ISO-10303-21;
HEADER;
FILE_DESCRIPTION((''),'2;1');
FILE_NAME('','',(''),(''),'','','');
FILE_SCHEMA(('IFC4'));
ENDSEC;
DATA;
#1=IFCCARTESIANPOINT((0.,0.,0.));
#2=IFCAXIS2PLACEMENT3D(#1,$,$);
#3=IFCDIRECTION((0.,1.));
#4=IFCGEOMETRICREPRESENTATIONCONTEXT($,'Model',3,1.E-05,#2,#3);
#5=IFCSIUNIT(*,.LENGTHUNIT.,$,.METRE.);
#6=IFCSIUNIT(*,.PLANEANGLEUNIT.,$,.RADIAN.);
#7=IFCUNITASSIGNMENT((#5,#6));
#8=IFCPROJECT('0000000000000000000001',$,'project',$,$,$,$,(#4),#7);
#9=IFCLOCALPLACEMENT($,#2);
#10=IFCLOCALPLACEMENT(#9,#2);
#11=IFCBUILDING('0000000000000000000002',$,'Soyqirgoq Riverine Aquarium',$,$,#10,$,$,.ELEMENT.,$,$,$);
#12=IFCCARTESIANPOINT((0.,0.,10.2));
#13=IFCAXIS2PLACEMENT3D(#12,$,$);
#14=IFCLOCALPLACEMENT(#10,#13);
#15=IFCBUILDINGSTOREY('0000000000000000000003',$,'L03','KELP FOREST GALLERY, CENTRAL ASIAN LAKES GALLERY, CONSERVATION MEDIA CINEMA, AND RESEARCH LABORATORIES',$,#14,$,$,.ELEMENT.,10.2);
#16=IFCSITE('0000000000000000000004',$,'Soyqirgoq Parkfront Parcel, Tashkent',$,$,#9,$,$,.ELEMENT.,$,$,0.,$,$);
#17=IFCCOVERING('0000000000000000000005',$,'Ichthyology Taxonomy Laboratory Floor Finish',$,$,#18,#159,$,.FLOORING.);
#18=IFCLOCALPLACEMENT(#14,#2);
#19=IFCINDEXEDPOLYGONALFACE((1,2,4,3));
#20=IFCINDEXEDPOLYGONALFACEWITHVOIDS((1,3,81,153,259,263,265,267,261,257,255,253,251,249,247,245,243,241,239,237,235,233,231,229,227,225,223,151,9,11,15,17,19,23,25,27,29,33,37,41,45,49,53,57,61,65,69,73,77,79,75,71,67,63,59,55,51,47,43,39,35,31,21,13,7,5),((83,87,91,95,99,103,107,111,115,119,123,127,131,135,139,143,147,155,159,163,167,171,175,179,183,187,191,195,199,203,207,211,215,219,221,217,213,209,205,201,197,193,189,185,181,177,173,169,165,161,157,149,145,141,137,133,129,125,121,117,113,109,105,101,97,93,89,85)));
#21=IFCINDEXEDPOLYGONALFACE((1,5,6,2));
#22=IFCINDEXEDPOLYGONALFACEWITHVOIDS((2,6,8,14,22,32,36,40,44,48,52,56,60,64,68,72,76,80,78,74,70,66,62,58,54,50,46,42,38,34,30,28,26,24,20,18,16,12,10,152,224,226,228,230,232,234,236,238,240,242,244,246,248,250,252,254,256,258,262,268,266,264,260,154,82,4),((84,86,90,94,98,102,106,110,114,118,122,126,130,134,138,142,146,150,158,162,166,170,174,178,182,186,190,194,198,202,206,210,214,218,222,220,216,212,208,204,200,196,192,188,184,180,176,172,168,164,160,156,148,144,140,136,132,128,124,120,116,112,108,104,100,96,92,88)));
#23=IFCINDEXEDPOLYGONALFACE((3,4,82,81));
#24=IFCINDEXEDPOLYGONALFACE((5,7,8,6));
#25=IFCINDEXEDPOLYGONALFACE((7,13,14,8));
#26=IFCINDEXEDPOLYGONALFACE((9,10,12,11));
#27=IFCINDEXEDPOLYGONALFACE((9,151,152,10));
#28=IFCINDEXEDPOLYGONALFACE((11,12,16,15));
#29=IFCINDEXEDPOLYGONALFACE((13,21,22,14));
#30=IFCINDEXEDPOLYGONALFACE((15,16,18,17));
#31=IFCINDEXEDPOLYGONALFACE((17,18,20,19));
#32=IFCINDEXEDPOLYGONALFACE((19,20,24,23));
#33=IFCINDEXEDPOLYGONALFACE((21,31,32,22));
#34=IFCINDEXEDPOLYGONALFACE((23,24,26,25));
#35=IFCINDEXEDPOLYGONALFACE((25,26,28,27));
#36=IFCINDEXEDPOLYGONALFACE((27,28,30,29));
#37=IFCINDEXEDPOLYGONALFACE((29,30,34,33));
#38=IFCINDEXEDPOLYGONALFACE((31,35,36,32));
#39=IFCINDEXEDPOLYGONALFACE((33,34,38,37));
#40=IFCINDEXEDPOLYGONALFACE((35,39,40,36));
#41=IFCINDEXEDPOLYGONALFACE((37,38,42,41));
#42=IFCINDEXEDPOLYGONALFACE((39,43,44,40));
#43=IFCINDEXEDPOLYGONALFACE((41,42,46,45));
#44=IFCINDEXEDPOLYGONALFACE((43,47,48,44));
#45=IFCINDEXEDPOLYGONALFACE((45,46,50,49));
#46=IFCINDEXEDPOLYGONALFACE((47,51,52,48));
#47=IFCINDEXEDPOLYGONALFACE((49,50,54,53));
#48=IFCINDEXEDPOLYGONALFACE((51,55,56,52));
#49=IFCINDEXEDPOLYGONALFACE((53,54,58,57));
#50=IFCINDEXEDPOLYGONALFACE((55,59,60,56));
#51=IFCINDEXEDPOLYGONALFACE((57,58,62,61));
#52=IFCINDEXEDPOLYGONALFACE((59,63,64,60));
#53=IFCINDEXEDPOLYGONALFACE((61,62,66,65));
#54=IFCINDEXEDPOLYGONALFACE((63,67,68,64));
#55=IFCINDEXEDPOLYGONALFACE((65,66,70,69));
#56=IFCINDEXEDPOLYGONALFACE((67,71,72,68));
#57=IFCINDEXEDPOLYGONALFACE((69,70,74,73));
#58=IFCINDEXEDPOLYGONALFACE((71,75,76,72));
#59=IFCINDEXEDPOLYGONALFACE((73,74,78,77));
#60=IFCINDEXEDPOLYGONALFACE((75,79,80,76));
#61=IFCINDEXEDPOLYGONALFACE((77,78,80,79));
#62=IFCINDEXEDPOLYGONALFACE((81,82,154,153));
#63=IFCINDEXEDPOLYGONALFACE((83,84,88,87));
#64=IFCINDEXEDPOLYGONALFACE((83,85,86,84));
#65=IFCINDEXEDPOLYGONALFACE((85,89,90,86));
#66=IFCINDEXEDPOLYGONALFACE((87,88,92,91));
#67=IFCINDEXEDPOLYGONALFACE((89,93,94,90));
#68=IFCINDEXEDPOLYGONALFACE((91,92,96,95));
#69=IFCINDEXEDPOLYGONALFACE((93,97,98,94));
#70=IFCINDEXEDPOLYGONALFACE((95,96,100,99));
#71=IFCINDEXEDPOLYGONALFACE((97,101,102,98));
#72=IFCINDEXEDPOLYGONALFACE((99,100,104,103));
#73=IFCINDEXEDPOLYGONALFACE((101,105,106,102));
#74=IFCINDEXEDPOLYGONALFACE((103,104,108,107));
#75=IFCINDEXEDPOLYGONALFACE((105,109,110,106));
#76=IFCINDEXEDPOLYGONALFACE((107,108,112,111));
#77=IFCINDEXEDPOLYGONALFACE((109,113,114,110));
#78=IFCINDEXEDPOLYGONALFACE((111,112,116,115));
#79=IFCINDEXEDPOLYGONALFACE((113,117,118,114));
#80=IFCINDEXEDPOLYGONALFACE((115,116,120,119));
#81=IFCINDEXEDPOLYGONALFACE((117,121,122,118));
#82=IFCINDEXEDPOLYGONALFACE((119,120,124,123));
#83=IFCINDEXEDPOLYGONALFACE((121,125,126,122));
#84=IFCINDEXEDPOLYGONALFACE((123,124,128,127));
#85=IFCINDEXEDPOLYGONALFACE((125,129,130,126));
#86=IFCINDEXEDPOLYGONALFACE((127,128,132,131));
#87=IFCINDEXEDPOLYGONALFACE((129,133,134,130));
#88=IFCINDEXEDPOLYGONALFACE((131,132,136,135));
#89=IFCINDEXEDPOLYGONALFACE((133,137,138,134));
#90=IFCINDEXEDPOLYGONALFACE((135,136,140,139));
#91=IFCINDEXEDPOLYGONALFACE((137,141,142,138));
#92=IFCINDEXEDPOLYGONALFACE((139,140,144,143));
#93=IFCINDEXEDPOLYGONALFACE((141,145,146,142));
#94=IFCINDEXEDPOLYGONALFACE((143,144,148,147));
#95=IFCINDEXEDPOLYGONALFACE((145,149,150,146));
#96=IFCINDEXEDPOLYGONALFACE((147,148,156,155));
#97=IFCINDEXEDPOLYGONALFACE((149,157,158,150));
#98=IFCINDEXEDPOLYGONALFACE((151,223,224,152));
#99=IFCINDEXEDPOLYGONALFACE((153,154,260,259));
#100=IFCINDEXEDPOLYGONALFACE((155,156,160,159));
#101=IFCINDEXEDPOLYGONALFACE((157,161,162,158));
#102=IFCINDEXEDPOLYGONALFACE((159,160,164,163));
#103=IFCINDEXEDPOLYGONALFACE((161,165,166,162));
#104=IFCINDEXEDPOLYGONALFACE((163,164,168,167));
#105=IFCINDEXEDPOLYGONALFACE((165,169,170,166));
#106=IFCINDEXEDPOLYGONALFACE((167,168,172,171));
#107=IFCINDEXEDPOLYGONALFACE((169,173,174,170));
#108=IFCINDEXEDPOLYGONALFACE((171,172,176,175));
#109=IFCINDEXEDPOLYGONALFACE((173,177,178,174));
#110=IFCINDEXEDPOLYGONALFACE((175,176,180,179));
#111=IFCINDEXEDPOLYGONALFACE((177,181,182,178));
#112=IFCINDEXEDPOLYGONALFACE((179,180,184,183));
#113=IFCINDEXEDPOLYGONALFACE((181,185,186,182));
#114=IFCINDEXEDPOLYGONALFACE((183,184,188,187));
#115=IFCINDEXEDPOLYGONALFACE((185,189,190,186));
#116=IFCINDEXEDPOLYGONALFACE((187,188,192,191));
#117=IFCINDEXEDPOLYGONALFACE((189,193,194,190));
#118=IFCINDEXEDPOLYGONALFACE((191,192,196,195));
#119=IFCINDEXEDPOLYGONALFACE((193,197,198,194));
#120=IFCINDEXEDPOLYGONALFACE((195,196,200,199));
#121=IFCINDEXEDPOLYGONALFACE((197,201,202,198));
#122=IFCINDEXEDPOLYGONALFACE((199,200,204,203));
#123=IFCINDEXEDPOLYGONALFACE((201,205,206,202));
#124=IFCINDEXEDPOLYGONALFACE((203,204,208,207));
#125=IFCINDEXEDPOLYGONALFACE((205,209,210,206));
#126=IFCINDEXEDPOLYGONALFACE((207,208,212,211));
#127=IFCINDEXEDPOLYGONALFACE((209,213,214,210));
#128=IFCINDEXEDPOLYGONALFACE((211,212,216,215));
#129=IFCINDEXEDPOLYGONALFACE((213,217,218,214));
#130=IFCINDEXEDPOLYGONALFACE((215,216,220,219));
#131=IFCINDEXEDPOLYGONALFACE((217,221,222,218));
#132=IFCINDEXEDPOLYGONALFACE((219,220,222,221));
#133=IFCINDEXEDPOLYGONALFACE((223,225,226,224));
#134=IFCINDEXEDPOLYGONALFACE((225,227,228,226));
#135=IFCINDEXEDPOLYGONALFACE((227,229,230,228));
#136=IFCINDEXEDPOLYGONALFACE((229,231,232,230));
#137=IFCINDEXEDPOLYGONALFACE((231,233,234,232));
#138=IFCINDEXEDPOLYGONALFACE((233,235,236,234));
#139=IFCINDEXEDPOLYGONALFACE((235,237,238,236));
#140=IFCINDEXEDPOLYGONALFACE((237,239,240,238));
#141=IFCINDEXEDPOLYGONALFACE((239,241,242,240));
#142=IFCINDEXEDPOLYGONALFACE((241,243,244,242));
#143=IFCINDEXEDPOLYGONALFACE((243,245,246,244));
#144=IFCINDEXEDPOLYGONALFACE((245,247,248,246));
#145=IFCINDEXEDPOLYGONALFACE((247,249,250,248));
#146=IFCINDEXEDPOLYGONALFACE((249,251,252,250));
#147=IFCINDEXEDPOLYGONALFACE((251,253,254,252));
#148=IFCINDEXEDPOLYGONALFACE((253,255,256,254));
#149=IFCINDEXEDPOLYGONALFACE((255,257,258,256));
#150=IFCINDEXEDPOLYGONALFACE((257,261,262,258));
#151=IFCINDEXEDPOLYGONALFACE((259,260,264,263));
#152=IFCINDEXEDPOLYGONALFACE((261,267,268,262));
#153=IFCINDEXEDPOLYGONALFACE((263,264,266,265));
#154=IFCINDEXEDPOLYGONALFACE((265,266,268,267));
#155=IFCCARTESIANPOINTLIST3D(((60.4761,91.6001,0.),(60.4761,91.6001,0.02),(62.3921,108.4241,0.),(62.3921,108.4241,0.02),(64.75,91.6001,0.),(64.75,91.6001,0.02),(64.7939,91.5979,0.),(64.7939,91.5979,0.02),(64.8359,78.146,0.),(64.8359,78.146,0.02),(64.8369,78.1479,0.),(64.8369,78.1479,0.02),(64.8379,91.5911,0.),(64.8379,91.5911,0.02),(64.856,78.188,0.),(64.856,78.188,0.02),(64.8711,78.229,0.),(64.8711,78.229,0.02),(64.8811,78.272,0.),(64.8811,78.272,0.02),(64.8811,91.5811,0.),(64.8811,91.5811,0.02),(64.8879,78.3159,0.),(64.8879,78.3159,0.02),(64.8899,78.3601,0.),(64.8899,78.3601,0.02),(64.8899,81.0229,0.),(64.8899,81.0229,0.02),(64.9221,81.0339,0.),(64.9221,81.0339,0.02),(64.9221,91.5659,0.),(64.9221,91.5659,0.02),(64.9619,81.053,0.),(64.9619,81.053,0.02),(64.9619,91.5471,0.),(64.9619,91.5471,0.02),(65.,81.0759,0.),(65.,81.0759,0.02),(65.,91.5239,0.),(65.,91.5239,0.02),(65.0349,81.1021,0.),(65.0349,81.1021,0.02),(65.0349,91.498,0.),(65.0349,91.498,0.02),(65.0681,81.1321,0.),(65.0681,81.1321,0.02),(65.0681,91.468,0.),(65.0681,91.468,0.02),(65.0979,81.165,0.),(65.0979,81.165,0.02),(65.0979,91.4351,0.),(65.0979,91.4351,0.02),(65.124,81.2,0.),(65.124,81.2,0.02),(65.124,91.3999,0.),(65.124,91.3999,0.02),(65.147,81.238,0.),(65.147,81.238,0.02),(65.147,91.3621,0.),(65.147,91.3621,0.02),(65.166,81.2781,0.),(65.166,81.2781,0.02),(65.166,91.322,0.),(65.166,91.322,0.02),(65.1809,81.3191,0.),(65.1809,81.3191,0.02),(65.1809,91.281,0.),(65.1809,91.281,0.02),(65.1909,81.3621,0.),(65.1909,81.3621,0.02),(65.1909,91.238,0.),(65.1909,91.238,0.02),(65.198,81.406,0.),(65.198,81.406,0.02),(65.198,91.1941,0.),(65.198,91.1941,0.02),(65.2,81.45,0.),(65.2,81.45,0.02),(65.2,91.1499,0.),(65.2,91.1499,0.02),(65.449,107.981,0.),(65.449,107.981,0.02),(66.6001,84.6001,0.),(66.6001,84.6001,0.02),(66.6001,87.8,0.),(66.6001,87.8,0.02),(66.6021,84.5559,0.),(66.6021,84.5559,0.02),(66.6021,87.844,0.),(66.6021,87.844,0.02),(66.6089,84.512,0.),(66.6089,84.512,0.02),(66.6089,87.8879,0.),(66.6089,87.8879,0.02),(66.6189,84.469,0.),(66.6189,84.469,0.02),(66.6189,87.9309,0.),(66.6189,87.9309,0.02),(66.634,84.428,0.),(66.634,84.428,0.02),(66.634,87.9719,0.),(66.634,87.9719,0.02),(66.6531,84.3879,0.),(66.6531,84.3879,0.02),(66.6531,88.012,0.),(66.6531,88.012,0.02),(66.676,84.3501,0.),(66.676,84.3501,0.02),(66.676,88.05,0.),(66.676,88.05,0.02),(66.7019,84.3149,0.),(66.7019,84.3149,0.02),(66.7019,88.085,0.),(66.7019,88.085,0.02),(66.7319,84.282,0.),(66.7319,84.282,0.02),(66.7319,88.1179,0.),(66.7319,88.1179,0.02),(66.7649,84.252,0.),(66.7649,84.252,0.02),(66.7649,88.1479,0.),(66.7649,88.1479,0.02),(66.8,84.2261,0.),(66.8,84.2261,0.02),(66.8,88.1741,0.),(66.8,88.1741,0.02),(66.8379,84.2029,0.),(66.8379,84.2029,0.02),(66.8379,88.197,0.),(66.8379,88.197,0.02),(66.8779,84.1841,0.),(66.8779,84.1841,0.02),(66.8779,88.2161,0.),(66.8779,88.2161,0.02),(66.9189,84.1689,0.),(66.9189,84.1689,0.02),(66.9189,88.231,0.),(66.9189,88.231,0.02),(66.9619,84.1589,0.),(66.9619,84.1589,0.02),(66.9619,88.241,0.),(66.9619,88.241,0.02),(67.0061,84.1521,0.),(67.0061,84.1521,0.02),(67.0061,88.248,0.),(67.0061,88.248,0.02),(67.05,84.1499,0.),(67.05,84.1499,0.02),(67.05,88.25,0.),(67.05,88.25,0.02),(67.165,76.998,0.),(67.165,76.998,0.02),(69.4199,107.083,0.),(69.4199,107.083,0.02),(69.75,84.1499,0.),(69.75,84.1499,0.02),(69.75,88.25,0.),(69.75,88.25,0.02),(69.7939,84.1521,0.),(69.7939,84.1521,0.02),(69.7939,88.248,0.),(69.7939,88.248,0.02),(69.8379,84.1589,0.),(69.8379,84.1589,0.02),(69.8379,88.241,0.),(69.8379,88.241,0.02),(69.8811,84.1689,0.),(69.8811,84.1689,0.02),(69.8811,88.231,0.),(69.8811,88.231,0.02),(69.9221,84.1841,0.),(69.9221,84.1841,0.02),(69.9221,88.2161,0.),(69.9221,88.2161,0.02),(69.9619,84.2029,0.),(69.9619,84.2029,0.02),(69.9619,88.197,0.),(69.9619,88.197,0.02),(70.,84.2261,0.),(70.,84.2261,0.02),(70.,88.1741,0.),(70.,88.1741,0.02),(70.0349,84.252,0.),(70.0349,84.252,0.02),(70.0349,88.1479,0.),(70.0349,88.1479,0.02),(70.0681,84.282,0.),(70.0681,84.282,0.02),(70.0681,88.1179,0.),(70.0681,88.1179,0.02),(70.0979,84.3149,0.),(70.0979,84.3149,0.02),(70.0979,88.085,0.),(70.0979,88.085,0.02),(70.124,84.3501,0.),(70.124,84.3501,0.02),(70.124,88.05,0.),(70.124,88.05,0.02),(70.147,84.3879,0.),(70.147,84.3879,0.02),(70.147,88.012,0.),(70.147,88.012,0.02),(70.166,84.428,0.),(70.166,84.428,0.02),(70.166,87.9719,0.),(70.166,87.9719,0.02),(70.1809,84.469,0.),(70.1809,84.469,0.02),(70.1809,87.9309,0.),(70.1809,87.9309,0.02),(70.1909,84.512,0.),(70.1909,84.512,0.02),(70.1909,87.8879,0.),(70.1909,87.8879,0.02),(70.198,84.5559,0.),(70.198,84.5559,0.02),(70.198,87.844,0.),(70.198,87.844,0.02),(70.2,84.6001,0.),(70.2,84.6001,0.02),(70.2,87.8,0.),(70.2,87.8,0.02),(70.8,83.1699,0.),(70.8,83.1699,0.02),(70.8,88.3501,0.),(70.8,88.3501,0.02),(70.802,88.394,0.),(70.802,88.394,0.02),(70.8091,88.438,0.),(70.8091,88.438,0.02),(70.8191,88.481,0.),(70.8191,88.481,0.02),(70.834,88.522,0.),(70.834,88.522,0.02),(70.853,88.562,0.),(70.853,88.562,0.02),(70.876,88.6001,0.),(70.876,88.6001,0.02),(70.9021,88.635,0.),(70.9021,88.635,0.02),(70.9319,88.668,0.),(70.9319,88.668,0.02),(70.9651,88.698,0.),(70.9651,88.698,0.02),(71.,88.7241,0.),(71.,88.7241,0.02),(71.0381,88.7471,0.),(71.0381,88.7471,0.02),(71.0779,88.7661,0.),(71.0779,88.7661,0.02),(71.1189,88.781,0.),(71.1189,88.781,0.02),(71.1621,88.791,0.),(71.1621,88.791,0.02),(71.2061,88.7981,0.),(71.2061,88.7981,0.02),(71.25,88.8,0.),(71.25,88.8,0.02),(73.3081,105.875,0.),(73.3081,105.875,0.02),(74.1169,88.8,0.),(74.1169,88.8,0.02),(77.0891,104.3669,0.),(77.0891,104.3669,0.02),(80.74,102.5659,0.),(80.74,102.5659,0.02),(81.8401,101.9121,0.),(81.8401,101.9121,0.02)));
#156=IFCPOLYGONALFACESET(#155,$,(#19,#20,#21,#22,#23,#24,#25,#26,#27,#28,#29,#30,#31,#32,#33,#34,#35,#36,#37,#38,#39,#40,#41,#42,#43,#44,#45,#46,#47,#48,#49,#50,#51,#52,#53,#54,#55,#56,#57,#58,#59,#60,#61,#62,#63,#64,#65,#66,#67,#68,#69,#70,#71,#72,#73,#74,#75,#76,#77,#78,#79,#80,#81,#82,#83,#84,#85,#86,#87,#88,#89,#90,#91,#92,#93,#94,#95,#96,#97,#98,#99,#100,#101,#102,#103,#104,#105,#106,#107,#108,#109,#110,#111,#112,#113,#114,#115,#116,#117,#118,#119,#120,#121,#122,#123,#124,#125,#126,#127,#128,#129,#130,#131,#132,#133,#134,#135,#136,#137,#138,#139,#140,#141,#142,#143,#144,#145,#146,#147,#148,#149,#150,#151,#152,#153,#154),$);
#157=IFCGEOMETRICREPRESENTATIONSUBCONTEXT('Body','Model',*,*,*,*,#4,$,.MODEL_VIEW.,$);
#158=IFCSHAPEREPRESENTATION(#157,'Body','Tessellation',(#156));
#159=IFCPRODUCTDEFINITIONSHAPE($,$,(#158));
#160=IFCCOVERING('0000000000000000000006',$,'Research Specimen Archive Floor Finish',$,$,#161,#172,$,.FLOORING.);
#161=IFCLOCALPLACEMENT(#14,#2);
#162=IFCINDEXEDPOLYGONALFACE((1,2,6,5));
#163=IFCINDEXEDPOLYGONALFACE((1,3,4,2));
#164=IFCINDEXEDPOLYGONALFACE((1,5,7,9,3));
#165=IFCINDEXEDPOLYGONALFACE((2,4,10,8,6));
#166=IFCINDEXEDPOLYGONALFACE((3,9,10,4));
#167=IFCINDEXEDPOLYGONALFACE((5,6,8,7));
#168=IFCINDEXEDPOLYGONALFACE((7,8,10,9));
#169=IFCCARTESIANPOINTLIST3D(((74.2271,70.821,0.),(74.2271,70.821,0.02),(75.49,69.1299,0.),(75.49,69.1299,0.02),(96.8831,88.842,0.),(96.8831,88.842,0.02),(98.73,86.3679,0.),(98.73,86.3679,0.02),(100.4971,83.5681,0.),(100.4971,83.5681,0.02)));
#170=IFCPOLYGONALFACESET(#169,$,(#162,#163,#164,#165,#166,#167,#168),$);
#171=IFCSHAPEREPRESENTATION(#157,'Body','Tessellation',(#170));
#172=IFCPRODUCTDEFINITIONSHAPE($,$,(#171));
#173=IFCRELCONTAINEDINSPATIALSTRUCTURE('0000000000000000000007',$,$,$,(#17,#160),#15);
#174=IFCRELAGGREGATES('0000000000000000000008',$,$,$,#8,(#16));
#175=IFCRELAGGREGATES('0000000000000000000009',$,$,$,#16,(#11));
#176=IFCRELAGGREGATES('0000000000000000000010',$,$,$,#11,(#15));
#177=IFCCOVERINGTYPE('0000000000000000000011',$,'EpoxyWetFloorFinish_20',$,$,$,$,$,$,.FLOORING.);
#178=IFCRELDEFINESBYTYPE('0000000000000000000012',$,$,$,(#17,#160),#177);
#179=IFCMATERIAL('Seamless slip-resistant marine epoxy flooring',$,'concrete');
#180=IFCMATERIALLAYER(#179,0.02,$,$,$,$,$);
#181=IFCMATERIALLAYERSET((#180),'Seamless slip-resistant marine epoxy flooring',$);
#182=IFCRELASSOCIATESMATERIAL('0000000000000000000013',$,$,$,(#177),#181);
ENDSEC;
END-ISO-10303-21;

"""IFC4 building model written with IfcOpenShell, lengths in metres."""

from ifc_helpers import new_model, si_unit, direction, frame, origin, place, context, subcontext, project, spatial, polyline, outline, extrude, material, layer, layer_set, type_object, element, save


model = new_model("IFC4")

# Units and contexts
model_context = context("Model", 3, precision=1e-05, world=origin(), true_north=direction((0.0, 1.0)))
body_context = subcontext(model_context, "Body", "Model", "MODEL_VIEW")
ifc_project = project(units=[si_unit("LENGTHUNIT", "METRE"), si_unit("PLANEANGLEUNIT", "RADIAN")], contexts=[model_context])

# Site, building, storey
site_placement = place(None, origin())
site = spatial("IfcSite", under=ifc_project, at=site_placement, Name="Soyqirgoq Parkfront Parcel, Tashkent", CompositionType="ELEMENT", RefElevation=0.0)
building_placement = place(site_placement, origin())
building = spatial("IfcBuilding", under=site, at=building_placement, Name="Soyqirgoq Riverine Aquarium", CompositionType="ELEMENT")
storey_placement = place(building_placement, frame((0.0, 0.0, 10.2)))
storey = spatial("IfcBuildingStorey", under=building, at=storey_placement, Name="L03", Description="KELP FOREST GALLERY, CENTRAL ASIAN LAKES GALLERY, CONSERVATION MEDIA CINEMA, AND RESEARCH LABORATORIES", CompositionType="ELEMENT", Elevation=10.2)

# Coverings
ifc_material_1 = material(Name="Seamless slip-resistant marine epoxy flooring", Category="concrete")
ifc_layer_1 = layer(ifc_material_1, 0.02)
ifc_layer_set_1 = layer_set([ifc_layer_1], Name="Seamless slip-resistant marine epoxy flooring")
covering_type_1 = type_object("IfcCoveringType", Name="EpoxyWetFloorFinish_20", PredefinedType="FLOORING", material=ifc_layer_set_1)
covering_1_placement = place(storey_placement, origin())
element("IfcCovering", 1, at=covering_1_placement, inside=storey, type_object=covering_type_1, Name="Ichthyology Taxonomy Laboratory Floor Finish", PredefinedType="FLOORING", context=body_context, shape_type="SweptSolid", body=[
    extrude(outline(polyline([(62.3921, 108.4241), (65.449, 107.981), (69.4199, 107.083), (73.3081, 105.875), (77.0891, 104.3669), (80.74, 102.5659), (81.8401, 101.9121), (74.1169, 88.8), (71.25, 88.8), (71.2061, 88.7981), (71.1621, 88.791), (71.1189, 88.781), (71.0779, 88.7661), (71.0381, 88.7471), (71.0, 88.7241), (70.9651, 88.698), (70.9319, 88.668), (70.9021, 88.635), (70.876, 88.6001), (70.853, 88.562), (70.834, 88.522), (70.8191, 88.481), (70.8091, 88.438), (70.802, 88.394), (70.8, 88.3501), (70.8, 83.1699), (67.165, 76.998), (64.8359, 78.146), (64.8369, 78.1479), (64.856, 78.188), (64.8711, 78.229), (64.8811, 78.272), (64.8879, 78.3159), (64.8899, 78.3601), (64.8899, 81.0229), (64.9221, 81.0339), (64.9619, 81.053), (65.0, 81.0759), (65.0349, 81.1021), (65.0681, 81.1321), (65.0979, 81.165), (65.124, 81.2), (65.147, 81.238), (65.166, 81.2781), (65.1809, 81.3191), (65.1909, 81.3621), (65.198, 81.406), (65.2, 81.45), (65.2, 91.1499), (65.198, 91.1941), (65.1909, 91.238), (65.1809, 91.281), (65.166, 91.322), (65.147, 91.3621), (65.124, 91.3999), (65.0979, 91.4351), (65.0681, 91.468), (65.0349, 91.498), (65.0, 91.5239), (64.9619, 91.5471), (64.9221, 91.5659), (64.8811, 91.5811), (64.8379, 91.5911), (64.7939, 91.5979), (64.75, 91.6001), (60.4761, 91.6001), (62.3921, 108.4241)]), holes=[polyline([(66.6001, 87.8), (66.6021, 87.844), (66.6089, 87.8879), (66.6189, 87.9309), (66.634, 87.9719), (66.6531, 88.012), (66.676, 88.05), (66.7019, 88.085), (66.7319, 88.1179), (66.7649, 88.1479), (66.8, 88.1741), (66.8379, 88.197), (66.8779, 88.2161), (66.9189, 88.231), (66.9619, 88.241), (67.0061, 88.248), (67.05, 88.25), (69.75, 88.25), (69.7939, 88.248), (69.8379, 88.241), (69.8811, 88.231), (69.9221, 88.2161), (69.9619, 88.197), (70.0, 88.1741), (70.0349, 88.1479), (70.0681, 88.1179), (70.0979, 88.085), (70.124, 88.05), (70.147, 88.012), (70.166, 87.9719), (70.1809, 87.9309), (70.1909, 87.8879), (70.198, 87.844), (70.2, 87.8), (70.2, 84.6001), (70.198, 84.5559), (70.1909, 84.512), (70.1809, 84.469), (70.166, 84.428), (70.147, 84.3879), (70.124, 84.3501), (70.0979, 84.3149), (70.0681, 84.282), (70.0349, 84.252), (70.0, 84.2261), (69.9619, 84.2029), (69.9221, 84.1841), (69.8811, 84.1689), (69.8379, 84.1589), (69.7939, 84.1521), (69.75, 84.1499), (67.05, 84.1499), (67.0061, 84.1521), (66.9619, 84.1589), (66.9189, 84.1689), (66.8779, 84.1841), (66.8379, 84.2029), (66.8, 84.2261), (66.7649, 84.252), (66.7319, 84.282), (66.7019, 84.3149), (66.676, 84.3501), (66.6531, 84.3879), (66.634, 84.428), (66.6189, 84.469), (66.6089, 84.512), (66.6021, 84.5559), (66.6001, 84.6001), (66.6001, 87.8)])]), origin(), (0.0, 0.0, 1.0), 0.02),
])
covering_2_placement = place(storey_placement, origin())
element("IfcCovering", 2, at=covering_2_placement, inside=storey, type_object=covering_type_1, Name="Research Specimen Archive Floor Finish", PredefinedType="FLOORING", context=body_context, shape_type="SweptSolid", body=[
    extrude(outline(polyline([(98.73, 86.3679), (100.4971, 83.5681), (75.49, 69.1299), (74.2271, 70.821), (96.8831, 88.842), (98.73, 86.3679)])), origin(), (0.0, 0.0, 1.0), 0.02),
])

save(model, "model.ifc")
